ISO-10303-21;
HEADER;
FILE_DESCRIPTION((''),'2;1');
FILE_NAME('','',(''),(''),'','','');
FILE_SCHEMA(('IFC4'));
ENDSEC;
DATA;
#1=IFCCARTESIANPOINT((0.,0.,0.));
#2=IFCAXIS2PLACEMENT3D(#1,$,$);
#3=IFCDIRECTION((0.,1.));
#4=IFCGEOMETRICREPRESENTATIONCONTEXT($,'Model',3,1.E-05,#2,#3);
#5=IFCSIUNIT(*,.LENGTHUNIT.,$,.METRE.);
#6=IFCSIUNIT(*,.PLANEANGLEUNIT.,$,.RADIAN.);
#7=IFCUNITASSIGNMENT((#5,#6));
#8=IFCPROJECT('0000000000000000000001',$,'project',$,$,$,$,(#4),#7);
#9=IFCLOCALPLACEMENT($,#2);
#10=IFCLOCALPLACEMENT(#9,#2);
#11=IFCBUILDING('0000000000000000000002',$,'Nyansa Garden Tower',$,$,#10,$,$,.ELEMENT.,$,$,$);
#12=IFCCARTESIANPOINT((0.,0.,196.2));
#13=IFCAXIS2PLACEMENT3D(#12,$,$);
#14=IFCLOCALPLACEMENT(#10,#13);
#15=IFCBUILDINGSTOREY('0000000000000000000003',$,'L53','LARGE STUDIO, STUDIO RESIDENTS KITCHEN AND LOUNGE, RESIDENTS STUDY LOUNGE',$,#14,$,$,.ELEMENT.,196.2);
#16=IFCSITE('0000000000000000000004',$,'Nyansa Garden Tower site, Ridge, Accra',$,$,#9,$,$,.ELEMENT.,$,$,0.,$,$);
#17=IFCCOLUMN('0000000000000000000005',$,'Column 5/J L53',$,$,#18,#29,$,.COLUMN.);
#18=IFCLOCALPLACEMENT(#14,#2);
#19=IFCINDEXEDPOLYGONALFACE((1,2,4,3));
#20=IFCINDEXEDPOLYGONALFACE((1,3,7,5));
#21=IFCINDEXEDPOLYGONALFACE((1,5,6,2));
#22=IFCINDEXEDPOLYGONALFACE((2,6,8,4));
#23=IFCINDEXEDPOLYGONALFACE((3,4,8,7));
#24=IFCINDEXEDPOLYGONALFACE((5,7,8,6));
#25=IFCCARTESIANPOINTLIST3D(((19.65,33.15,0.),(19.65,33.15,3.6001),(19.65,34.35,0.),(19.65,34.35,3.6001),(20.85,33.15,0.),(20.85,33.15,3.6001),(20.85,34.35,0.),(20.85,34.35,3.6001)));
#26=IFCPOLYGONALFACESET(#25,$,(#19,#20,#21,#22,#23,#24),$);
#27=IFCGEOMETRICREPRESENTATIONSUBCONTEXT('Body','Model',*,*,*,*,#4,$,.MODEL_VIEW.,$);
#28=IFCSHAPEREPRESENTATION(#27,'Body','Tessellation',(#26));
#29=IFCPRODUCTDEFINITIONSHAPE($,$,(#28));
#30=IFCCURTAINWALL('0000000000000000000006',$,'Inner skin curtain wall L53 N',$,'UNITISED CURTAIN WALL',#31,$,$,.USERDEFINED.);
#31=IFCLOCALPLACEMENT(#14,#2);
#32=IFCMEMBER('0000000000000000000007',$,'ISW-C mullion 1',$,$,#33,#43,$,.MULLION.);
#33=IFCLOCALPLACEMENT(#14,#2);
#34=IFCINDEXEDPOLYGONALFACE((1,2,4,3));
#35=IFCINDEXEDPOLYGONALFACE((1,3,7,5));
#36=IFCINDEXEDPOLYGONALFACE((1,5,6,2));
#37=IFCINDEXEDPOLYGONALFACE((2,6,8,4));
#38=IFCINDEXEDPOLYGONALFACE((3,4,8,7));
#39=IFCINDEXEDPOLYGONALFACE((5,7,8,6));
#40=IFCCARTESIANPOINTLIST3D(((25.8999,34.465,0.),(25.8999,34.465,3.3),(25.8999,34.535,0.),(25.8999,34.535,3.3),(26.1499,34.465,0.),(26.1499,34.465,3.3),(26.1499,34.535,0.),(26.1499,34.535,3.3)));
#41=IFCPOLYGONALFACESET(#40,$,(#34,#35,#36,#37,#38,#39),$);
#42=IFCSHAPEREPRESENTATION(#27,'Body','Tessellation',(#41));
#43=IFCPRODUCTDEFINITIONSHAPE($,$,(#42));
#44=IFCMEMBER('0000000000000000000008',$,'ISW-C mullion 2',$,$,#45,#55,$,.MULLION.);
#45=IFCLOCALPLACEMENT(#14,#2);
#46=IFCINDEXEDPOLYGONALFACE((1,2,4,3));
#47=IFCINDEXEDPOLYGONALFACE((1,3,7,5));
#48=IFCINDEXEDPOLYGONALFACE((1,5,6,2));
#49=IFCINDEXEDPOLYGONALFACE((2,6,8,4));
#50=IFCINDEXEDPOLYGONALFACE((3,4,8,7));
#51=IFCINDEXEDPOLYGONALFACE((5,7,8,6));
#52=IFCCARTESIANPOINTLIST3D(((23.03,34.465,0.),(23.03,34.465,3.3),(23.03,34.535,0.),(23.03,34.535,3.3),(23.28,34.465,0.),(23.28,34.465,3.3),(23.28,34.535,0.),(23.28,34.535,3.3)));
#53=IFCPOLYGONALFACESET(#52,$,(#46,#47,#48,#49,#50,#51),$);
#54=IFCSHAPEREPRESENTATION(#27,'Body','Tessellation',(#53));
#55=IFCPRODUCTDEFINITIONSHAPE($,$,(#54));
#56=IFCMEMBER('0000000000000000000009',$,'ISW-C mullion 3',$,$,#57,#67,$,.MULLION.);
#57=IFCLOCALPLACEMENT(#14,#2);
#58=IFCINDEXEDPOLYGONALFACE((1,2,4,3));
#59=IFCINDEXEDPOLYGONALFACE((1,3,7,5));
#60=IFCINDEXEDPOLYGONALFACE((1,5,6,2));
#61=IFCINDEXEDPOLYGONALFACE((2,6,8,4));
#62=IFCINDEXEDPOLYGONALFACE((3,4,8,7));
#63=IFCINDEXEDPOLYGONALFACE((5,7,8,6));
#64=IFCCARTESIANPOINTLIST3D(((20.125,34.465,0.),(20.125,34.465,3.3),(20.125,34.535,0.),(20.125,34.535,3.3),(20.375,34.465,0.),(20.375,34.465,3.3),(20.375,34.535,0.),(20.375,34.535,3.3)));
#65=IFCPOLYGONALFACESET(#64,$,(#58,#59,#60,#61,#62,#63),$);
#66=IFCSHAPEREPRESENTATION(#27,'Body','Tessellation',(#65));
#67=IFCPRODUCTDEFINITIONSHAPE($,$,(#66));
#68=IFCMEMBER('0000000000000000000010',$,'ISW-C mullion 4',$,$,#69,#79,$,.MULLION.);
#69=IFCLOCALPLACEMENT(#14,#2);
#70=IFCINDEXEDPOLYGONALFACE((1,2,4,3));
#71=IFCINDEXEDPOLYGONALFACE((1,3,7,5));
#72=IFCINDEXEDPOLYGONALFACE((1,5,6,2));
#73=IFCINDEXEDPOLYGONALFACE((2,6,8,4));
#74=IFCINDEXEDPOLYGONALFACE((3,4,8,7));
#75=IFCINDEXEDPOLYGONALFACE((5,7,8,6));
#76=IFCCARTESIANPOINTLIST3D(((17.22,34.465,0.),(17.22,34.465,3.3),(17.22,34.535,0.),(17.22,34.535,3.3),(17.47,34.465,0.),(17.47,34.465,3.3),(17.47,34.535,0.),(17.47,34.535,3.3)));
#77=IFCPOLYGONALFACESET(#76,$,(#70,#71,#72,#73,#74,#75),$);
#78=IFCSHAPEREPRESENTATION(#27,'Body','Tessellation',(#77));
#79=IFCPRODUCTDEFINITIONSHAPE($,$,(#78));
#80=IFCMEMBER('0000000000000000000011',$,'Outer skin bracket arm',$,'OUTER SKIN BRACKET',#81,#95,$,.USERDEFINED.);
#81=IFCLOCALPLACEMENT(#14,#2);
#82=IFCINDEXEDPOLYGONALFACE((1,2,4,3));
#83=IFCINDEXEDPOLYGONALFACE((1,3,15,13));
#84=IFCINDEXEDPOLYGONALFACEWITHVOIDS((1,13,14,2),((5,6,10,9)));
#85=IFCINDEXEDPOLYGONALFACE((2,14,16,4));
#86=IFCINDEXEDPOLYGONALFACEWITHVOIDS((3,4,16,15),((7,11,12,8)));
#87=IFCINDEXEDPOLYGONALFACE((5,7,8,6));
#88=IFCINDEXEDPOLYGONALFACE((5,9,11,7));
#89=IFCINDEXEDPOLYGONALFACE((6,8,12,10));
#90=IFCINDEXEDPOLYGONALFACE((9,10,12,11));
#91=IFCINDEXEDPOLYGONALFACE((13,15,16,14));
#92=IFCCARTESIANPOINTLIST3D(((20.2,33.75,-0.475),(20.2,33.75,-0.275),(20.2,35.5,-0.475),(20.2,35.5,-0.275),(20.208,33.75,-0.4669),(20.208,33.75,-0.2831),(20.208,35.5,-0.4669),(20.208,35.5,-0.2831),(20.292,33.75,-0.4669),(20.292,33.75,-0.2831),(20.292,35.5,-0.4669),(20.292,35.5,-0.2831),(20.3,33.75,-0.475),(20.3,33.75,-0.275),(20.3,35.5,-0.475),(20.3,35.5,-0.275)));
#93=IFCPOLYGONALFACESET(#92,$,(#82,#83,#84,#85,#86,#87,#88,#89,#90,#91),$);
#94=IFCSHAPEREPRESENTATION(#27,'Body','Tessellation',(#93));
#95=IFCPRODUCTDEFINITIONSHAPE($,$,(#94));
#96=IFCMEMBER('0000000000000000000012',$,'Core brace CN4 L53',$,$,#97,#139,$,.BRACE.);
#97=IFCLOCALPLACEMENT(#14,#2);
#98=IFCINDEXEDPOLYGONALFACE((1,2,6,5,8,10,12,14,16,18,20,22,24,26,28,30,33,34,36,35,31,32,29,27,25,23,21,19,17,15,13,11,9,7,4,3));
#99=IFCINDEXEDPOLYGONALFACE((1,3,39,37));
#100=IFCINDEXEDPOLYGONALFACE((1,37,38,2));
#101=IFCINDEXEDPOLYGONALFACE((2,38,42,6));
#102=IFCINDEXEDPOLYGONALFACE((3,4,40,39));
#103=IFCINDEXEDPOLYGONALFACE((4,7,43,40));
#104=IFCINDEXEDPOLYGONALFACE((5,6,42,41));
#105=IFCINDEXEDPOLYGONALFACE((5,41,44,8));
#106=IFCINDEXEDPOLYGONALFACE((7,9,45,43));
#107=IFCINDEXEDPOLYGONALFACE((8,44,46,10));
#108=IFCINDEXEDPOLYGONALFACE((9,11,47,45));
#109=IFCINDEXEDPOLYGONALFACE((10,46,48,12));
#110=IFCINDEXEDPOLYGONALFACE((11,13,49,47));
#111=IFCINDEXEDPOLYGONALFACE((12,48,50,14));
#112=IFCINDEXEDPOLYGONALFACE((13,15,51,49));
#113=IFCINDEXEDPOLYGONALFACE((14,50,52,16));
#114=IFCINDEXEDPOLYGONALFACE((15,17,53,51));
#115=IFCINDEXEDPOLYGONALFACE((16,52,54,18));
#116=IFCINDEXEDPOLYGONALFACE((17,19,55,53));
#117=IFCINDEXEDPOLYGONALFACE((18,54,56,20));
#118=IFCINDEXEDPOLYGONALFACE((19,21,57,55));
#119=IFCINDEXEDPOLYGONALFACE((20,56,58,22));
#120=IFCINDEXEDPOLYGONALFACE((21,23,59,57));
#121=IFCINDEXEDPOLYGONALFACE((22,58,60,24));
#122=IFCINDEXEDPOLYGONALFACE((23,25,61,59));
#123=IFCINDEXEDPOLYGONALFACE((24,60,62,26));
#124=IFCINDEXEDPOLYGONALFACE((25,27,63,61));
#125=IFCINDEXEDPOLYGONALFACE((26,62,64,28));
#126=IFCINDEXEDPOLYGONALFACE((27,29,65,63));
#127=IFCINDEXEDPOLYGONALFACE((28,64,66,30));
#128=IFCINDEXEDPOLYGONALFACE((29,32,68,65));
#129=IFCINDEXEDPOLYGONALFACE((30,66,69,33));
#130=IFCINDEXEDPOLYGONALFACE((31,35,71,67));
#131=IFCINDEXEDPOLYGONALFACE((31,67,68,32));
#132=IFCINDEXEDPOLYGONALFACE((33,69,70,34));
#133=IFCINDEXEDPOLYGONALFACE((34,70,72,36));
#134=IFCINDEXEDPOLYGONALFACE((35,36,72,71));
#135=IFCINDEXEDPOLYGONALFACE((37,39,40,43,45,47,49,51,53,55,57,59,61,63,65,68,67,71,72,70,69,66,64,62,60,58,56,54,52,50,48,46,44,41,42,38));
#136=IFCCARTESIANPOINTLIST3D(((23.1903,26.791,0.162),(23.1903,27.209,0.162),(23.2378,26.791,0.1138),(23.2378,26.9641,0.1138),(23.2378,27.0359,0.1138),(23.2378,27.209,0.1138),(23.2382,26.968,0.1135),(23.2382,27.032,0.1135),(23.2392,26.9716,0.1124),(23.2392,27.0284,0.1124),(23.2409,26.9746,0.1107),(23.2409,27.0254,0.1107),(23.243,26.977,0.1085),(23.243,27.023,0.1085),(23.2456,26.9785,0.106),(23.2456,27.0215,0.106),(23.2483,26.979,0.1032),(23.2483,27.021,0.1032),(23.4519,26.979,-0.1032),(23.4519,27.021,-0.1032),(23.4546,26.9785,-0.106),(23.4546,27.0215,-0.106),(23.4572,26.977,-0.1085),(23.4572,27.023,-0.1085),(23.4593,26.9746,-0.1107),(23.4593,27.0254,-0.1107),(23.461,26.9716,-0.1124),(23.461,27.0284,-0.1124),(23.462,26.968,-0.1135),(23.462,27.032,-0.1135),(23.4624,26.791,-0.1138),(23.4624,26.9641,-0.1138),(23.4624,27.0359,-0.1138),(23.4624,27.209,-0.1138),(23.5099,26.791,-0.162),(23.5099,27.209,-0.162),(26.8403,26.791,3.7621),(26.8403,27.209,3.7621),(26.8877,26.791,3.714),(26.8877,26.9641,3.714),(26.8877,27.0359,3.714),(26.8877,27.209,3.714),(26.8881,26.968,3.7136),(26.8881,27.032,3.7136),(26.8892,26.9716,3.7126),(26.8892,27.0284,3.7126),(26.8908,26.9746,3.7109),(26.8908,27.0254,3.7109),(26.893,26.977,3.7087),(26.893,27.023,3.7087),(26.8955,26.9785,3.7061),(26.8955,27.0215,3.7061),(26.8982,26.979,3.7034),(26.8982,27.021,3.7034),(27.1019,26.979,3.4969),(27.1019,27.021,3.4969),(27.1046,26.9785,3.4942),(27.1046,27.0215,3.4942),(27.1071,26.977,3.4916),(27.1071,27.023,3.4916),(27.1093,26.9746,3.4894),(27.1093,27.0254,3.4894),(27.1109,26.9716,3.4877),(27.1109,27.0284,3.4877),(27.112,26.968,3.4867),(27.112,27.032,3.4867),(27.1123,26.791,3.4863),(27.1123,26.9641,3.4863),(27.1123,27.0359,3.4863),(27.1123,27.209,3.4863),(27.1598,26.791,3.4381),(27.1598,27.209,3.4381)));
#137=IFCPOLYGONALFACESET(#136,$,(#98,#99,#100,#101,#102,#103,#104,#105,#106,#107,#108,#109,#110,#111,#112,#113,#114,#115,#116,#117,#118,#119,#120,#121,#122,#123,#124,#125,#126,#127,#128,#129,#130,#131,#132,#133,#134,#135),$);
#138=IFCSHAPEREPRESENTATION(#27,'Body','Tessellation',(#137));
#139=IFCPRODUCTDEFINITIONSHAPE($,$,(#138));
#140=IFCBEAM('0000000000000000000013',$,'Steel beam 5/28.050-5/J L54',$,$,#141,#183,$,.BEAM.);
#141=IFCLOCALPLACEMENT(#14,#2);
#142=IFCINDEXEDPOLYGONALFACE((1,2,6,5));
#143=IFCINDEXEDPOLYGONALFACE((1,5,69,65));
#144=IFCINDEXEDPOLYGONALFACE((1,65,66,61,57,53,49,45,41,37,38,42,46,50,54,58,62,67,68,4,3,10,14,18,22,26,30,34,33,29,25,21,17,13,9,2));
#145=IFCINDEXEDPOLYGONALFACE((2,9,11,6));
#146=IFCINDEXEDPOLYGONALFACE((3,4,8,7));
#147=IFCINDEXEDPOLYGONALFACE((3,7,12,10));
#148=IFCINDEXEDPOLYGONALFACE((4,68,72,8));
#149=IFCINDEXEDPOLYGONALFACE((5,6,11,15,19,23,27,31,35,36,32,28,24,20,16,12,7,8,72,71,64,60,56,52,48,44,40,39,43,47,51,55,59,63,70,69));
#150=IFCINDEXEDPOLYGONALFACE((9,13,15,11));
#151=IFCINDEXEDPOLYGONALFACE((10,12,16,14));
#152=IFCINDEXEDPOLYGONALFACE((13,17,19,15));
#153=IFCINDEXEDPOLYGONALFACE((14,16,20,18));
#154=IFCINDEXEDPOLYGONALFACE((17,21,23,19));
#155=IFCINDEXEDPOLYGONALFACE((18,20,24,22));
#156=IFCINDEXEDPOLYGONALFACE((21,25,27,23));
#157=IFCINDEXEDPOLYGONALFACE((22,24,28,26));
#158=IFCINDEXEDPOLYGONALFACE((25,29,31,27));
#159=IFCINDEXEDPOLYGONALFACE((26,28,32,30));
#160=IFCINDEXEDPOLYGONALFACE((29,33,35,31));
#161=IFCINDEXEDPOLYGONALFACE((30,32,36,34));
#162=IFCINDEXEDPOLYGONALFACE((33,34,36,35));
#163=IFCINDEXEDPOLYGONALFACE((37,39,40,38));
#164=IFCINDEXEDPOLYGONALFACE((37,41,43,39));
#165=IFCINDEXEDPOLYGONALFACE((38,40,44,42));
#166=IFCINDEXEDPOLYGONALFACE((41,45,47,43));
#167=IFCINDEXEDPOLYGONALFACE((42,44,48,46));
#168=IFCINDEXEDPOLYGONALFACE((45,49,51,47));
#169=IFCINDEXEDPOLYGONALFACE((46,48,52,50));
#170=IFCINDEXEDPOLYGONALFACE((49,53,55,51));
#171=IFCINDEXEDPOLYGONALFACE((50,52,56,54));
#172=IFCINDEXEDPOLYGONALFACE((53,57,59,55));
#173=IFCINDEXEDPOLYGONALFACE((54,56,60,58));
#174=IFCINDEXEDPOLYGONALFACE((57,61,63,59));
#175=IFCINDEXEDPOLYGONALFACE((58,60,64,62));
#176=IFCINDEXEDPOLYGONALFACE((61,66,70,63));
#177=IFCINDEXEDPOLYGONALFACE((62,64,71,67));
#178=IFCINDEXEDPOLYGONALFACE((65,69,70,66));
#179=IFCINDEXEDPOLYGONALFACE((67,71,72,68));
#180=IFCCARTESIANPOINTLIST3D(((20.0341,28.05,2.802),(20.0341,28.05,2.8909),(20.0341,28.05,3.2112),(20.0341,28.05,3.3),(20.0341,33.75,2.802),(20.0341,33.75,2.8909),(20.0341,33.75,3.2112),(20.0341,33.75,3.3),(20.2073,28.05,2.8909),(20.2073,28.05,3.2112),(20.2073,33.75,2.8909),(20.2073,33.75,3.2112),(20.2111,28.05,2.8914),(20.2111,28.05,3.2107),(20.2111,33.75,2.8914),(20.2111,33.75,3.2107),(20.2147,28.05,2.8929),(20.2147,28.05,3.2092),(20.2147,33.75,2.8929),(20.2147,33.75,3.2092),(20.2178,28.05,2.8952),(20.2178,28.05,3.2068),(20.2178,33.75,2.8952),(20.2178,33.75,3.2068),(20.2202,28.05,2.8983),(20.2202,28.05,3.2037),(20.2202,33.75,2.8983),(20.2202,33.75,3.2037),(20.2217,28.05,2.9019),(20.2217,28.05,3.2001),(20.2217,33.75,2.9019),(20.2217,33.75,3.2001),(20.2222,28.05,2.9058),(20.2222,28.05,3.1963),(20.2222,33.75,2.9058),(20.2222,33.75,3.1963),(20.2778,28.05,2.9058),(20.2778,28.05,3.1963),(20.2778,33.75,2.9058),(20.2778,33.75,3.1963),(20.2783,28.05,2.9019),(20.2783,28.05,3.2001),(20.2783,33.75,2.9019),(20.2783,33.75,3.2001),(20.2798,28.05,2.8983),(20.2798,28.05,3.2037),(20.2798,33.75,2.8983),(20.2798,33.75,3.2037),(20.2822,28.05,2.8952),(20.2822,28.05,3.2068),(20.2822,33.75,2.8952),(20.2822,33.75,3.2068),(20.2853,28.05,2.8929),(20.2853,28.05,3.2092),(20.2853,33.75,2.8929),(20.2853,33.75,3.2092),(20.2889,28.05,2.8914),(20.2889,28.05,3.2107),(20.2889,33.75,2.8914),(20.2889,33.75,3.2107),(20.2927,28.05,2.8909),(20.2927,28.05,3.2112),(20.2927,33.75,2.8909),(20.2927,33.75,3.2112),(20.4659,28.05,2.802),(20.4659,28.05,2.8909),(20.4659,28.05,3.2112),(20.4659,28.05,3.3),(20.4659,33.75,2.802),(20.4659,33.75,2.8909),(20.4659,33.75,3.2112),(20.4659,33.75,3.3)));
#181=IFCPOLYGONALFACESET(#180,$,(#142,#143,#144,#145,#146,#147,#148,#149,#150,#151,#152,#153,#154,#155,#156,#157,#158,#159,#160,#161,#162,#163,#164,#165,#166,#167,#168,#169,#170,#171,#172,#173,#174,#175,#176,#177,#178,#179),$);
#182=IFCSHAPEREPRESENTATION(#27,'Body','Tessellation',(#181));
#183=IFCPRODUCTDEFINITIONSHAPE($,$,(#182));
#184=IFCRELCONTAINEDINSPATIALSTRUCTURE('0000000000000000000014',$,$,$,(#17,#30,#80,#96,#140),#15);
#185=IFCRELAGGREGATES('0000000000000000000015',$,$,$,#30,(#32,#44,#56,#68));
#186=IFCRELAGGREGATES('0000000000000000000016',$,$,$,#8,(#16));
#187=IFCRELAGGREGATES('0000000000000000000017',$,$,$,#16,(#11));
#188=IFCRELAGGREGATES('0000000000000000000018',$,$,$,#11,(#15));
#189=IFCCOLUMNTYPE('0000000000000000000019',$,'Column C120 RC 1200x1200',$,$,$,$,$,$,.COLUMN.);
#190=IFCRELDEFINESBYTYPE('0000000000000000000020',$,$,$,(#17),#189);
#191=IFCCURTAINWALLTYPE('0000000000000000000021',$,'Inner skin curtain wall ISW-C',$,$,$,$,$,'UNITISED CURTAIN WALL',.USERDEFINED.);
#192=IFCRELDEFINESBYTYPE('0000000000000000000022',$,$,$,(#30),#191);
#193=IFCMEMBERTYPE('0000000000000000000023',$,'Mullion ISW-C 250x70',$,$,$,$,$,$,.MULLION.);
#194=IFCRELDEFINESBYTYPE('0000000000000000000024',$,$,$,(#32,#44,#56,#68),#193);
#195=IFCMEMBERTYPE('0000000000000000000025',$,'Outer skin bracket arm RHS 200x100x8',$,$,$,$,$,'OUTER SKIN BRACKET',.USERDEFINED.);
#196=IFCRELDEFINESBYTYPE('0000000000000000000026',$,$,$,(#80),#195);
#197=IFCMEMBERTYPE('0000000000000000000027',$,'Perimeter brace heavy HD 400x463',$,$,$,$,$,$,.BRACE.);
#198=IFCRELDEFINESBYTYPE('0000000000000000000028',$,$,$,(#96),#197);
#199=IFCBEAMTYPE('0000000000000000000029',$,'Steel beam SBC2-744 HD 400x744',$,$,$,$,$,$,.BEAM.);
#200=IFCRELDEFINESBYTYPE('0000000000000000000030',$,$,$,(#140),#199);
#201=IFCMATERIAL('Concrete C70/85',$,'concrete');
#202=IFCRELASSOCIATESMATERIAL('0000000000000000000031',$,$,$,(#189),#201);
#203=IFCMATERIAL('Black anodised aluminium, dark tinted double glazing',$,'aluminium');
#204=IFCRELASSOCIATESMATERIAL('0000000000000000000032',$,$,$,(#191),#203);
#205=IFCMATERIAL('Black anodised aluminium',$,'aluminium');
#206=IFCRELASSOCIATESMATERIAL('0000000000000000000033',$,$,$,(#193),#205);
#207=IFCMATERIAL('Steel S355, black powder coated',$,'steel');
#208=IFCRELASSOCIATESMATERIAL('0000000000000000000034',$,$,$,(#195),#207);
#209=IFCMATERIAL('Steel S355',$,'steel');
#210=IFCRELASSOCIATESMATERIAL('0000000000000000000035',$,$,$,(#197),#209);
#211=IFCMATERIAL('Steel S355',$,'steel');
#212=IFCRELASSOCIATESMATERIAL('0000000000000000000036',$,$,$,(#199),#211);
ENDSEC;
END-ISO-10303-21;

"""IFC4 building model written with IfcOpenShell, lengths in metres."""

from ifc_helpers import new_model, si_unit, direction, frame, origin, origin_2d, place, context, subcontext, project, spatial, rectangle, hollow_rectangle, i_section, extrude, material, material_profile, profile_set, type_object, element, aggregate, save


model = new_model("IFC4")

# Units and contexts
model_context = context("Model", 3, precision=1e-05, world=origin(), true_north=direction((0.0, 1.0)))
body_context = subcontext(model_context, "Body", "Model", "MODEL_VIEW")
ifc_project = project(units=[si_unit("LENGTHUNIT", "METRE"), si_unit("PLANEANGLEUNIT", "RADIAN")], contexts=[model_context])

# Site, building, storey
site_placement = place(None, origin())
site = spatial("IfcSite", under=ifc_project, at=site_placement, Name="Nyansa Garden Tower site, Ridge, Accra", CompositionType="ELEMENT", RefElevation=0.0)
building_placement = place(site_placement, origin())
building = spatial("IfcBuilding", under=site, at=building_placement, Name="Nyansa Garden Tower", CompositionType="ELEMENT")
storey_placement = place(building_placement, frame((0.0, 0.0, 196.2)))
storey = spatial("IfcBuildingStorey", under=building, at=storey_placement, Name="L53", Description="LARGE STUDIO, STUDIO RESIDENTS KITCHEN AND LOUNGE, RESIDENTS STUDY LOUNGE", CompositionType="ELEMENT", Elevation=196.2)

# Column
ifc_material_1 = material(Name="Concrete C70/85", Category="concrete")
ifc_material_profile_1 = material_profile(ifc_material_1, rectangle(XDim=1.2, YDim=1.2, at=origin_2d()), Name="RC 1200x1200")
ifc_profile_set_1 = profile_set([ifc_material_profile_1], Name="Concrete C70/85")
column_type = type_object("IfcColumnType", Name="Column C120 RC 1200x1200", PredefinedType="COLUMN", material=ifc_profile_set_1)
column_placement = place(storey_placement, frame((20.25, 33.75, 0.0), z_axis=(0.0, 0.0, 1.0), x_axis=(1.0, 0.0, 0.0)))
element("IfcColumn", 1, at=column_placement, inside=storey, type_object=column_type, Name="Column 5/J L53", PredefinedType="COLUMN", context=body_context, shape_type="SweptSolid", body=[
    extrude(rectangle(XDim=1.2, YDim=1.2, at=origin_2d()), origin(), (0.0, 0.0, 1.0), 3.6001),
])

# Curtain wall, members
ifc_material_2 = material(Name="Black anodised aluminium, dark tinted double glazing", Category="aluminium")
curtain_wall_type = type_object("IfcCurtainWallType", Name="Inner skin curtain wall ISW-C", ElementType="UNITISED CURTAIN WALL", PredefinedType="USERDEFINED", material=ifc_material_2)
curtain_wall_placement = place(storey_placement, origin())
curtain_wall = element("IfcCurtainWall", 2, at=curtain_wall_placement, inside=storey, type_object=curtain_wall_type, Name="Inner skin curtain wall L53 N", ObjectType="UNITISED CURTAIN WALL", PredefinedType="USERDEFINED")
ifc_material_3 = material(Name="Black anodised aluminium", Category="aluminium")
ifc_material_profile_2 = material_profile(ifc_material_3, rectangle(XDim=0.0701, YDim=0.25, at=origin_2d()), Name="Mullion 250x70")
ifc_profile_set_2 = profile_set([ifc_material_profile_2], Name="Black anodised aluminium")
member_type_1 = type_object("IfcMemberType", Name="Mullion ISW-C 250x70", PredefinedType="MULLION", material=ifc_profile_set_2)
member_1_placement = place(storey_placement, frame((26.0249, 34.5, 0.0), z_axis=(0.0, 0.0, 1.0), x_axis=(0.0, -1.0, 0.0)))
member_1 = element("IfcMember", 3, at=member_1_placement, type_object=member_type_1, Name="ISW-C mullion 1", PredefinedType="MULLION", context=body_context, shape_type="SweptSolid", body=[
    extrude(rectangle(XDim=0.0701, YDim=0.25, at=origin_2d()), origin(), (0.0, 0.0, 1.0), 3.3),
])
member_2_placement = place(storey_placement, frame((23.155, 34.5, 0.0), z_axis=(0.0, 0.0, 1.0), x_axis=(0.0, -1.0, 0.0)))
member_2 = element("IfcMember", 4, at=member_2_placement, type_object=member_type_1, Name="ISW-C mullion 2", PredefinedType="MULLION", context=body_context, shape_type="SweptSolid", body=[
    extrude(rectangle(XDim=0.0701, YDim=0.25, at=origin_2d()), origin(), (0.0, 0.0, 1.0), 3.3),
])
member_3_placement = place(storey_placement, frame((20.25, 34.5, 0.0), z_axis=(0.0, 0.0, 1.0), x_axis=(0.0, -1.0, 0.0)))
member_3 = element("IfcMember", 5, at=member_3_placement, type_object=member_type_1, Name="ISW-C mullion 3", PredefinedType="MULLION", context=body_context, shape_type="SweptSolid", body=[
    extrude(rectangle(XDim=0.0701, YDim=0.25, at=origin_2d()), origin(), (0.0, 0.0, 1.0), 3.3),
])
member_4_placement = place(storey_placement, frame((17.345, 34.5, 0.0), z_axis=(0.0, 0.0, 1.0), x_axis=(0.0, -1.0, 0.0)))
member_4 = element("IfcMember", 6, at=member_4_placement, type_object=member_type_1, Name="ISW-C mullion 4", PredefinedType="MULLION", context=body_context, shape_type="SweptSolid", body=[
    extrude(rectangle(XDim=0.0701, YDim=0.25, at=origin_2d()), origin(), (0.0, 0.0, 1.0), 3.3),
])

# Members
ifc_material_4 = material(Name="Steel S355, black powder coated", Category="steel")
ifc_material_profile_3 = material_profile(ifc_material_4, hollow_rectangle(XDim=0.1001, YDim=0.2, WallThickness=0.0081, at=origin_2d()), Name="RHS 200x100x8")
ifc_profile_set_3 = profile_set([ifc_material_profile_3], Name="Steel S355, black powder coated")
member_type_2 = type_object("IfcMemberType", Name="Outer skin bracket arm RHS 200x100x8", ElementType="OUTER SKIN BRACKET", PredefinedType="USERDEFINED", material=ifc_profile_set_3)
member_5_placement = place(storey_placement, frame((20.25, 33.75, -0.375), z_axis=(0.0, 1.0, 0.0), x_axis=(-1.0, 0.0, 0.0)))
element("IfcMember", 7, at=member_5_placement, inside=storey, type_object=member_type_2, Name="Outer skin bracket arm", ObjectType="OUTER SKIN BRACKET", PredefinedType="USERDEFINED", context=body_context, shape_type="SweptSolid", body=[
    extrude(hollow_rectangle(XDim=0.1001, YDim=0.2, WallThickness=0.0081, at=origin_2d()), origin(), (0.0, 0.0, 1.0), 1.75),
])
ifc_material_5 = material(Name="Steel S355", Category="steel")
ifc_material_profile_4 = material_profile(ifc_material_5, i_section(OverallWidth=0.418, OverallDepth=0.4551, WebThickness=0.042, FlangeThickness=0.0676, FilletRadius=0.0149, at=origin_2d()), Name="HD 400x463")
ifc_profile_set_4 = profile_set([ifc_material_profile_4], Name="Steel S355")
member_type_3 = type_object("IfcMemberType", Name="Perimeter brace heavy HD 400x463", PredefinedType="BRACE", material=ifc_profile_set_4)
member_6_placement = place(storey_placement, frame((23.3501, 27.0, 0.0), z_axis=(0.711948, 0.0, 0.702233), x_axis=(0.0, 1.0, 0.0)))
element("IfcMember", 8, at=member_6_placement, inside=storey, type_object=member_type_3, Name="Core brace CN4 L53", PredefinedType="BRACE", context=body_context, shape_type="SweptSolid", body=[
    extrude(i_section(OverallWidth=0.418, OverallDepth=0.4551, WebThickness=0.042, FlangeThickness=0.0676, FilletRadius=0.0149, at=origin_2d()), origin(), (0.0, 0.0, 1.0), 5.1267),
])

# Beam
ifc_material_6 = material(Name="Steel S355", Category="steel")
ifc_material_profile_5 = material_profile(ifc_material_6, i_section(OverallWidth=0.4319, OverallDepth=0.498, WebThickness=0.0557, FlangeThickness=0.0889, FilletRadius=0.0149, at=origin_2d()), Name="HD 400x744")
ifc_profile_set_5 = profile_set([ifc_material_profile_5], Name="Steel S355")
beam_type_1 = type_object("IfcBeamType", Name="Steel beam SBC2-744 HD 400x744", PredefinedType="BEAM", material=ifc_profile_set_5)
beam_1_placement = place(storey_placement, frame((20.25, 28.05, 3.051), z_axis=(0.0, 1.0, 0.0), x_axis=(-1.0, 0.0, 0.0)))
element("IfcBeam", 9, at=beam_1_placement, inside=storey, type_object=beam_type_1, Name="Steel beam 5/28.050-5/J L54", PredefinedType="BEAM", context=body_context, shape_type="SweptSolid", body=[
    extrude(i_section(OverallWidth=0.4319, OverallDepth=0.498, WebThickness=0.0557, FlangeThickness=0.0889, FilletRadius=0.0149, at=origin_2d()), origin(), (0.0, 0.0, 1.0), 5.7),
])

aggregate(curtain_wall, [member_1, member_2, member_3, member_4])

save(model, "model.ifc")
